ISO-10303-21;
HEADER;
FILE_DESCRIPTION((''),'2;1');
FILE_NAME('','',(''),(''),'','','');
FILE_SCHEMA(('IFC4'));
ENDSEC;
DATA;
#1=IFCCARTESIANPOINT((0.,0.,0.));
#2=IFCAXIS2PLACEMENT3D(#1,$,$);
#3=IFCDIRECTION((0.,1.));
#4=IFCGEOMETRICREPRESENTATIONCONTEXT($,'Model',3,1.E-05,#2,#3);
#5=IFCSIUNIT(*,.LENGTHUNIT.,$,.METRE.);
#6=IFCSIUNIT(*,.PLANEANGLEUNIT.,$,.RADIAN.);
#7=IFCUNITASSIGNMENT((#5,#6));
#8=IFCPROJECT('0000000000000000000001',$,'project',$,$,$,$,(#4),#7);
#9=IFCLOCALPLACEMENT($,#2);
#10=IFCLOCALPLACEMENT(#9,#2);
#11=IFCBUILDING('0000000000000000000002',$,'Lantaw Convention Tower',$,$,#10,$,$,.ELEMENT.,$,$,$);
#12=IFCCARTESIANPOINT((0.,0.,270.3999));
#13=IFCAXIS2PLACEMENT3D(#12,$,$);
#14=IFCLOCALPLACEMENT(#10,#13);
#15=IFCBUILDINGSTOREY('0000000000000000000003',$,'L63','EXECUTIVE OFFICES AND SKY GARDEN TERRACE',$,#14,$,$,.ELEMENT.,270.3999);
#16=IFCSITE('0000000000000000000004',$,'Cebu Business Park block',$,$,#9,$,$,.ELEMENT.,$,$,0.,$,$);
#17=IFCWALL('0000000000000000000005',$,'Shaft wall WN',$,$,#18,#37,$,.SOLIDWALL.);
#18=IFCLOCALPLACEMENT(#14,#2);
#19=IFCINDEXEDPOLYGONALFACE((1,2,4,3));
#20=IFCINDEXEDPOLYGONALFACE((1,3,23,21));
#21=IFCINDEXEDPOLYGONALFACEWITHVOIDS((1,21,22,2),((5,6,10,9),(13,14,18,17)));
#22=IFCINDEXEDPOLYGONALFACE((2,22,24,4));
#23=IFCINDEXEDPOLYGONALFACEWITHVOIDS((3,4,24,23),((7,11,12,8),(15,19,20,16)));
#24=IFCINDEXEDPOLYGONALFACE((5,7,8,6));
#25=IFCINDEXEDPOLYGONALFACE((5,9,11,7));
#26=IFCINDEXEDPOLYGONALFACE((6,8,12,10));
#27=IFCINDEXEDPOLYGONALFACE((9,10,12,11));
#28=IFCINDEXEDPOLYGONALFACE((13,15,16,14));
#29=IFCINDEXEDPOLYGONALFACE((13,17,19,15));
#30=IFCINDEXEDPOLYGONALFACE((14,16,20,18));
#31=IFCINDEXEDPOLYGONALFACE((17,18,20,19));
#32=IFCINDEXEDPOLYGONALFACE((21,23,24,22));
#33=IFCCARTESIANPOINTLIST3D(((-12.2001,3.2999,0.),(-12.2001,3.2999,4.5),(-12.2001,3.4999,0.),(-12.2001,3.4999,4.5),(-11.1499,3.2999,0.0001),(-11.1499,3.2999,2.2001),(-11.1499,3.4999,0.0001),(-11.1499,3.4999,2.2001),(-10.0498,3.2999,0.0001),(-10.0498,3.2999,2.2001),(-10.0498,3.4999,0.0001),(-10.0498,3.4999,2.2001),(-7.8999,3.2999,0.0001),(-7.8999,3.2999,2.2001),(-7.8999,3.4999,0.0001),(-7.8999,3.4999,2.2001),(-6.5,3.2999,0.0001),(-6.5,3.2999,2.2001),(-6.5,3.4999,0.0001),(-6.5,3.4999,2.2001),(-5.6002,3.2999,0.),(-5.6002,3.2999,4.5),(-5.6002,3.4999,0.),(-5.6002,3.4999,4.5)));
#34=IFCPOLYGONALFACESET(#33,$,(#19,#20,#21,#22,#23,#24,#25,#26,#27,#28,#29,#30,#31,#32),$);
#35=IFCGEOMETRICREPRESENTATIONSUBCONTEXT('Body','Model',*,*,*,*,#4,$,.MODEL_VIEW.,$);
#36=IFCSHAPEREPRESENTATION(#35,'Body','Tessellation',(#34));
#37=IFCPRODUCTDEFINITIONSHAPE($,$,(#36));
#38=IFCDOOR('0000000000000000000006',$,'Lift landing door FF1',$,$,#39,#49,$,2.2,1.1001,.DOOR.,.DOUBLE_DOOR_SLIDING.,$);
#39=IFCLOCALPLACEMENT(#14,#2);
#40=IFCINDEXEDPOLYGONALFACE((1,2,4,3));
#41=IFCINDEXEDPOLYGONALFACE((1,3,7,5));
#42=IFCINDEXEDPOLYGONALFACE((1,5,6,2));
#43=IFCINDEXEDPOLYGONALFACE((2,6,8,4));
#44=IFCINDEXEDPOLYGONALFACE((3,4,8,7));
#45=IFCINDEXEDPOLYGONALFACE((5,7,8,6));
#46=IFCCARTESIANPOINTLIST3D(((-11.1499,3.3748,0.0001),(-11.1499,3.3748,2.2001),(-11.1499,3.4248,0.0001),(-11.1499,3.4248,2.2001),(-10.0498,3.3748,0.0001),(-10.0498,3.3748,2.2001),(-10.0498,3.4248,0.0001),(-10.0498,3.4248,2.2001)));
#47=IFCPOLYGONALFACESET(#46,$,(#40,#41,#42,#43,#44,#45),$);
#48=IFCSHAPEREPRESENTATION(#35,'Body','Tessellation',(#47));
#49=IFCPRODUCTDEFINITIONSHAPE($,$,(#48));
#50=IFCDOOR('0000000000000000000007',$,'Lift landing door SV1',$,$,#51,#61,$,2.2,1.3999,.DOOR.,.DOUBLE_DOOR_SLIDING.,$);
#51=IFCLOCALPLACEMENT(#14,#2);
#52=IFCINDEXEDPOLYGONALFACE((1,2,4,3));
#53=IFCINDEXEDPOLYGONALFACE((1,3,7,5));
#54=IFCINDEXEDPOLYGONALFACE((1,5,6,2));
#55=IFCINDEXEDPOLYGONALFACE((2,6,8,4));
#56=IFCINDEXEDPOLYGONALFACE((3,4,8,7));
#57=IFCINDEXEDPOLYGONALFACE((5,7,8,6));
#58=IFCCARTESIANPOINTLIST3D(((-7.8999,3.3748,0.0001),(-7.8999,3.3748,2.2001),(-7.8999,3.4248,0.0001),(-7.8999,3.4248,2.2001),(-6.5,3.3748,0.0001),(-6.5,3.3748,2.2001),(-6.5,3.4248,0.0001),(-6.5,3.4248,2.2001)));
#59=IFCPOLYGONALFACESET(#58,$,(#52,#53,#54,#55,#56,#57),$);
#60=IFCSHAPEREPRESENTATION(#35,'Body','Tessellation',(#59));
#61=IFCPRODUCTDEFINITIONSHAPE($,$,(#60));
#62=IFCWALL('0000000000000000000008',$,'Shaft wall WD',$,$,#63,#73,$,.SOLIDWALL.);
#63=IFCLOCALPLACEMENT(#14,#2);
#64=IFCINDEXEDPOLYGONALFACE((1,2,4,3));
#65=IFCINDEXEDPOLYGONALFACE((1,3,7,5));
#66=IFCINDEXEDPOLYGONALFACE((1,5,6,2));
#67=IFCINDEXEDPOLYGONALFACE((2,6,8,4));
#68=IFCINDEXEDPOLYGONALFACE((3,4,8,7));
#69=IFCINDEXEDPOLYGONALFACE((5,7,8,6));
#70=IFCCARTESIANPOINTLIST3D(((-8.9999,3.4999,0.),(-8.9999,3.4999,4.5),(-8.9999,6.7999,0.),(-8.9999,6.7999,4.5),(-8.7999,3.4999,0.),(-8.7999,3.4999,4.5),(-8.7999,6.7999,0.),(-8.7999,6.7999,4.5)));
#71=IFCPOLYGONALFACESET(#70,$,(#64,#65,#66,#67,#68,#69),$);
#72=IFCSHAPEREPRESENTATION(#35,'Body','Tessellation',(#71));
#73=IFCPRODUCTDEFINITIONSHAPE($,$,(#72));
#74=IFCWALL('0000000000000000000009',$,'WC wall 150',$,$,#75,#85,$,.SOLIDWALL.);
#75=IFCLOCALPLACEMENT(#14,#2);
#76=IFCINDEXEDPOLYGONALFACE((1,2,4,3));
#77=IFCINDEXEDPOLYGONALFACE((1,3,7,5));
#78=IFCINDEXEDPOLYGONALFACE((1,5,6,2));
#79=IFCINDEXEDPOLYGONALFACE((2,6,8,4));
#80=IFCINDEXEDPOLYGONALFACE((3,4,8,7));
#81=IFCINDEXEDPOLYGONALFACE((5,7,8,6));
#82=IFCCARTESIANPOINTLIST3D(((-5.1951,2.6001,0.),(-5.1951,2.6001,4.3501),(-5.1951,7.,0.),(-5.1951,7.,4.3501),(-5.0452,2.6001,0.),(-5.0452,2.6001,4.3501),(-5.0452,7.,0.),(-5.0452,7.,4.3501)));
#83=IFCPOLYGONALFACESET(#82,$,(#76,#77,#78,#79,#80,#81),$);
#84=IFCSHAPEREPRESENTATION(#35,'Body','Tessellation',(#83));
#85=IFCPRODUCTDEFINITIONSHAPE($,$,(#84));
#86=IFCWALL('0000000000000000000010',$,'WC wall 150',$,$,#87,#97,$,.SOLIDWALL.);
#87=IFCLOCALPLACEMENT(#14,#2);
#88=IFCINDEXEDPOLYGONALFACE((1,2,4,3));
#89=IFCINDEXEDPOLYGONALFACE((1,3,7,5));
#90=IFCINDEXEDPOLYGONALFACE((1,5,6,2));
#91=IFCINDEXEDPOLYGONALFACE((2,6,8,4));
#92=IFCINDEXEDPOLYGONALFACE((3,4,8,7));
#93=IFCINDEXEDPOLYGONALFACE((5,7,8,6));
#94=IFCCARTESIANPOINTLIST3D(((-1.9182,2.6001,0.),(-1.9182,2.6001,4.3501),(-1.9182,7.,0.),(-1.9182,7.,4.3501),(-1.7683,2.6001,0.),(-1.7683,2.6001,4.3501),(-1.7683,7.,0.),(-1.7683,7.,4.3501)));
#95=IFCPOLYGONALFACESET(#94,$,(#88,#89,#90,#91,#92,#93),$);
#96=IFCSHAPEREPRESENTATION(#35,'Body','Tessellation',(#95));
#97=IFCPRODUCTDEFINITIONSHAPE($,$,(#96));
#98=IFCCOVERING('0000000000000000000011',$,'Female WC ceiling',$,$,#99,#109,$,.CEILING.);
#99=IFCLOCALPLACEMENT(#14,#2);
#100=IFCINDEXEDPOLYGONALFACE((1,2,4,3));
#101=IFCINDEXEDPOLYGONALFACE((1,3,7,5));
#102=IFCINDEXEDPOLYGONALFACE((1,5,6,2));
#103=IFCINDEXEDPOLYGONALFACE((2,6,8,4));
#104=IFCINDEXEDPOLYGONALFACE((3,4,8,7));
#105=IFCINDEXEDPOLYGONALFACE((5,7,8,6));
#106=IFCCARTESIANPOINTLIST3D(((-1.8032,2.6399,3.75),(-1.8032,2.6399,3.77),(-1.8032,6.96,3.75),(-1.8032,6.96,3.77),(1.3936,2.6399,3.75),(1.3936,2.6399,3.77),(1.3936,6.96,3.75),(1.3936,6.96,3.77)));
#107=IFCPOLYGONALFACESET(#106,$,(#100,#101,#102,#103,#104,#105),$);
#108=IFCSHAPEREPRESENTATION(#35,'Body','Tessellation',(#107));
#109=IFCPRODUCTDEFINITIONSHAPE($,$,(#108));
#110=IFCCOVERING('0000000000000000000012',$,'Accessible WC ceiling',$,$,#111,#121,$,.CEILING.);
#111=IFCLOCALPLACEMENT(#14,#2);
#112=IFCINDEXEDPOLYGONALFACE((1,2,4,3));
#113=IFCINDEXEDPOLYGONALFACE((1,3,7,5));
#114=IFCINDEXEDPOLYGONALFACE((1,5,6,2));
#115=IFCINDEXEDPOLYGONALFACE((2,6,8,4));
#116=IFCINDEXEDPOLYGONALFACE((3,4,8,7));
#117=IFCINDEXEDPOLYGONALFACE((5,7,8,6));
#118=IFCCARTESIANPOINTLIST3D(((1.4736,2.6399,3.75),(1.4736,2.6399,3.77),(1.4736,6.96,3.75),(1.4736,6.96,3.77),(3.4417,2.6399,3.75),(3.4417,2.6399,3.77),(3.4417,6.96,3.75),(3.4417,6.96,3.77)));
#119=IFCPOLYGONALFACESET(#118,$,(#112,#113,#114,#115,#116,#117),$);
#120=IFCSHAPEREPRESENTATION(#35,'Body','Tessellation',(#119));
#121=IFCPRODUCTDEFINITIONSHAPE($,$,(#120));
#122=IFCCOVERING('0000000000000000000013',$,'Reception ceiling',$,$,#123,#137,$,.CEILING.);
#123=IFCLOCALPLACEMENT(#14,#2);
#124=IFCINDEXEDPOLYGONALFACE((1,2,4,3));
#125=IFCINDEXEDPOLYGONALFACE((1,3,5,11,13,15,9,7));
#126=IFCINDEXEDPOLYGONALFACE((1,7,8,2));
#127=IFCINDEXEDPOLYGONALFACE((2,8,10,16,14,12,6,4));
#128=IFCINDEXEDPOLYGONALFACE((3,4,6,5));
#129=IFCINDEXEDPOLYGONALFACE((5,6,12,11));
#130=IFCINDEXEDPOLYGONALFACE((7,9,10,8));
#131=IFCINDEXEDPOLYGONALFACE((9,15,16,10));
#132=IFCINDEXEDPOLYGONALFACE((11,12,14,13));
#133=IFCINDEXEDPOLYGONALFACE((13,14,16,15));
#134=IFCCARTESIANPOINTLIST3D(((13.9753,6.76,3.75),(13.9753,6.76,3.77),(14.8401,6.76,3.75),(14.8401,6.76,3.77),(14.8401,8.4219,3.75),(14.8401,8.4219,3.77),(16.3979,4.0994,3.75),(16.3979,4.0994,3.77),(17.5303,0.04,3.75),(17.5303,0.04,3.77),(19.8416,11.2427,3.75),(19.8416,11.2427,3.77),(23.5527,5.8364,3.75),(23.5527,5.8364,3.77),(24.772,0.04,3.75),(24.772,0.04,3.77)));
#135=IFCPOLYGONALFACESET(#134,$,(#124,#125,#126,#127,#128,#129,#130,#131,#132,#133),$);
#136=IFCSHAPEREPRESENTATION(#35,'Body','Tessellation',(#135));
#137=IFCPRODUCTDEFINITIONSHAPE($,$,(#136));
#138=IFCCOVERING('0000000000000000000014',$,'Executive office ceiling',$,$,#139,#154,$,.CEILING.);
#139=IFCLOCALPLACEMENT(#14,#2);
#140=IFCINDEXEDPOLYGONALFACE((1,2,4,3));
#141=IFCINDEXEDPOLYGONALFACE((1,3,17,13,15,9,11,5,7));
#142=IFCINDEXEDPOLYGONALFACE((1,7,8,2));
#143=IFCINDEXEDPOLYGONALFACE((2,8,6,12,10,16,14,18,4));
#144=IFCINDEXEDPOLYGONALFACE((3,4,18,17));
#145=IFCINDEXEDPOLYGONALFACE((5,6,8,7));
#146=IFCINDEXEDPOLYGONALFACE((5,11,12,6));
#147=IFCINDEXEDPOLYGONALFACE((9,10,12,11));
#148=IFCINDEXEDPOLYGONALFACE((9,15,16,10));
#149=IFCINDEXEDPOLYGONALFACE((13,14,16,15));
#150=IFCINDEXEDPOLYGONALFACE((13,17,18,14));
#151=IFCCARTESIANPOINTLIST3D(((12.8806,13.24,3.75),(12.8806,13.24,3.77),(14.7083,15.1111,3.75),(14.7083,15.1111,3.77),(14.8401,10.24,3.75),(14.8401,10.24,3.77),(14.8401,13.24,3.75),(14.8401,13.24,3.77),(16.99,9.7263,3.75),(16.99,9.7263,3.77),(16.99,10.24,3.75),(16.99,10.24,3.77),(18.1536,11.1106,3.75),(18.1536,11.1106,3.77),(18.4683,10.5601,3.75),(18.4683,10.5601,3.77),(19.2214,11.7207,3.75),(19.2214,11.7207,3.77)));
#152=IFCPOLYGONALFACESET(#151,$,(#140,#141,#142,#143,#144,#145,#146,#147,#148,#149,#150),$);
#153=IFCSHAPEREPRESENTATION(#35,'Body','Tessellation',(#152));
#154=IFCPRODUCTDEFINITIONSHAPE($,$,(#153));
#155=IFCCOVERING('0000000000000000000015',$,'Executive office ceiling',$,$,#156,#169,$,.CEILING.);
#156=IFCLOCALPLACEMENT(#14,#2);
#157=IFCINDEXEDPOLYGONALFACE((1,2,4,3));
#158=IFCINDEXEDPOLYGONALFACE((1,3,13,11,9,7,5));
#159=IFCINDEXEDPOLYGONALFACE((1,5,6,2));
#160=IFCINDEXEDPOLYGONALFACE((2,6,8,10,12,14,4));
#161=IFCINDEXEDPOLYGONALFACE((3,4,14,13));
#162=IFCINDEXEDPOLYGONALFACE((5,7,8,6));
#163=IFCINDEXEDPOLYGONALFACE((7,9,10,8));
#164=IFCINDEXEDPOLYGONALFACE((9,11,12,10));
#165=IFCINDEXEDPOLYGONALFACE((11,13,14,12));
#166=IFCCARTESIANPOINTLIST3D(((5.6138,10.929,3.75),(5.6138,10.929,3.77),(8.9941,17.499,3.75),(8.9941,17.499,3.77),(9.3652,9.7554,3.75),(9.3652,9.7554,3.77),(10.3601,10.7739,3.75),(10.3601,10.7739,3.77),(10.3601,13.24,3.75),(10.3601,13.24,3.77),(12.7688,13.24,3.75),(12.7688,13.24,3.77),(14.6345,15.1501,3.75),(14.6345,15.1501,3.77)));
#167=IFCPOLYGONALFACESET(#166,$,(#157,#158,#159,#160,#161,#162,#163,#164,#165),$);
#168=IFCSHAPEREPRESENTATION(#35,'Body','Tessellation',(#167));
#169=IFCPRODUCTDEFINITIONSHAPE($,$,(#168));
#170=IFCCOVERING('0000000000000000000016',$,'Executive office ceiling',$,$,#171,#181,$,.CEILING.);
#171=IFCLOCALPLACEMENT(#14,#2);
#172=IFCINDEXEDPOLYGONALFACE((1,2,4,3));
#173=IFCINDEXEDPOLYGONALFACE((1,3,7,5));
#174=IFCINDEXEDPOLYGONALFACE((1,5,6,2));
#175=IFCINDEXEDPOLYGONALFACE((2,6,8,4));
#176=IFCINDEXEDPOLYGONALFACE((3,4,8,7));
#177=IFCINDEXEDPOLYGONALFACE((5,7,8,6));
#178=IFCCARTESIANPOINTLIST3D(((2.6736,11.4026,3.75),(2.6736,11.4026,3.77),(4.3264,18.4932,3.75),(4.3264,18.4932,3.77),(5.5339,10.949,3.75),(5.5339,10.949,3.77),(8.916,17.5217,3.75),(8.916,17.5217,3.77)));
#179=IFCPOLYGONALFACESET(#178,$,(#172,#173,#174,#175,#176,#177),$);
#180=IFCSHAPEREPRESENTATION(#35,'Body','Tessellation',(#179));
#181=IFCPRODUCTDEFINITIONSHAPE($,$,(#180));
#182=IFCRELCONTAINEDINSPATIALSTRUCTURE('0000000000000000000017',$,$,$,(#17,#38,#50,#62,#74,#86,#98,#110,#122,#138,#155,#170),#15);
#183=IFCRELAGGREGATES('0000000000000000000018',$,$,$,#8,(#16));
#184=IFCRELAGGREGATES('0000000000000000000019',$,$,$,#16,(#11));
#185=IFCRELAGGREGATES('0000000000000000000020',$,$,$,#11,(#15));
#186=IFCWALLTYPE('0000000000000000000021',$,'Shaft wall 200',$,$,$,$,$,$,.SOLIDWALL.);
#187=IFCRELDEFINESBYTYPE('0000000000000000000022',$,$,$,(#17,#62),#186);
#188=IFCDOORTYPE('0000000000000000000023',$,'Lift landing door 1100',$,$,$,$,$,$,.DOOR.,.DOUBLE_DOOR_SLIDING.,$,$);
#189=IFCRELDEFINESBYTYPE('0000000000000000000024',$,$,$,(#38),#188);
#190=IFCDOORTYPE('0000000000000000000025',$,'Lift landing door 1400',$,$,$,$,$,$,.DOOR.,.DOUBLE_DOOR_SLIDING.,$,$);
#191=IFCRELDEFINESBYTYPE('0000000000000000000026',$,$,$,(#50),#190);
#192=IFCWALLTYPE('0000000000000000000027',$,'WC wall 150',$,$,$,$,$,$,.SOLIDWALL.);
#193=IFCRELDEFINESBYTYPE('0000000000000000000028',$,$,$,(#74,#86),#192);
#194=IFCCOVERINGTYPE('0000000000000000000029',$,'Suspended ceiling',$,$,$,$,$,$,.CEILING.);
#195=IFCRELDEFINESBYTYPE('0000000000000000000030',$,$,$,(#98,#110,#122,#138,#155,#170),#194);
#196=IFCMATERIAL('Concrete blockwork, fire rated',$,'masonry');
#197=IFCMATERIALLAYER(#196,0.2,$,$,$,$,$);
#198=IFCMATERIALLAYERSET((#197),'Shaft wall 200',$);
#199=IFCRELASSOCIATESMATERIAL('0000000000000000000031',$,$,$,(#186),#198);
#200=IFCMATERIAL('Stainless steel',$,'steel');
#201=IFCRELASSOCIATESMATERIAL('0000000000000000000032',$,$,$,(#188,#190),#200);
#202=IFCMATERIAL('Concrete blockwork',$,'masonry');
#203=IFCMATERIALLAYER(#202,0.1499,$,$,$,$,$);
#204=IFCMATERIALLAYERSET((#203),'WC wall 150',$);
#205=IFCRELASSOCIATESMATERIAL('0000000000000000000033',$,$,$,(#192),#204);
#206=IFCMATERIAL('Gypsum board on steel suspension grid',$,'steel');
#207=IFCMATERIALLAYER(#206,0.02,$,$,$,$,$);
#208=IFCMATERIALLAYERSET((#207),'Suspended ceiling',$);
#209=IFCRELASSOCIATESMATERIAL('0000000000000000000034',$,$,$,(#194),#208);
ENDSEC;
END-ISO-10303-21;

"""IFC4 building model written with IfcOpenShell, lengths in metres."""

from ifc_helpers import new_model, si_unit, direction, frame, frame_2d, origin, place, context, subcontext, project, spatial, polyline, rectangle, outline, extrude, material, layer, layer_set, type_object, element, fill, save


model = new_model("IFC4")

# Units and contexts
model_context = context("Model", 3, precision=1e-05, world=origin(), true_north=direction((0.0, 1.0)))
body_context = subcontext(model_context, "Body", "Model", "MODEL_VIEW")
ifc_project = project(units=[si_unit("LENGTHUNIT", "METRE"), si_unit("PLANEANGLEUNIT", "RADIAN")], contexts=[model_context])

# Site, building, storey
site_placement = place(None, origin())
site = spatial("IfcSite", under=ifc_project, at=site_placement, Name="Cebu Business Park block", CompositionType="ELEMENT", RefElevation=0.0)
building_placement = place(site_placement, origin())
building = spatial("IfcBuilding", under=site, at=building_placement, Name="Lantaw Convention Tower", CompositionType="ELEMENT")
storey_placement = place(building_placement, frame((0.0, 0.0, 270.3999)))
storey = spatial("IfcBuildingStorey", under=building, at=storey_placement, Name="L63", Description="EXECUTIVE OFFICES AND SKY GARDEN TERRACE", CompositionType="ELEMENT", Elevation=270.3999)

# Wall, openings, doors
ifc_material_1 = material(Name="Concrete blockwork, fire rated", Category="masonry")
ifc_layer_1 = layer(ifc_material_1, 0.2)
ifc_layer_set_1 = layer_set([ifc_layer_1], Name="Shaft wall 200")
wall_type_1 = type_object("IfcWallType", Name="Shaft wall 200", PredefinedType="SOLIDWALL", material=ifc_layer_set_1)
wall_1_placement = place(storey_placement, frame((-12.2, 3.3999, 0.0), z_axis=(0.0, 0.0, 1.0), x_axis=(1.0, 0.0, 0.0)))
wall_1 = element("IfcWall", 1, at=wall_1_placement, inside=storey, type_object=wall_type_1, Name="Shaft wall WN", PredefinedType="SOLIDWALL", context=body_context, shape_type="SweptSolid", body=[
    extrude(rectangle(XDim=6.5999, YDim=0.2, at=frame_2d((3.2998, 0.0))), origin(), (0.0, 0.0, 1.0), 4.5),
])
opening_1_placement = place(wall_1_placement, frame((1.05, 0.0, 0.0)))
opening_1 = element("IfcOpeningElement", 2, at=opening_1_placement, cuts=wall_1, PredefinedType="OPENING", context=body_context, shape_type="SweptSolid", body=[
    extrude(rectangle(XDim=1.1001, YDim=2.2, at=frame_2d((0.55, 1.1001))), frame((0.0, 0.1099, 0.0), z_axis=(0.0, -1.0, 0.0), x_axis=(1.0, 0.0, 0.0)), (0.0, 0.0, 1.0), 0.22),
])
opening_2_placement = place(wall_1_placement, frame((4.3, 0.0, 0.0)))
opening_2 = element("IfcOpeningElement", 3, at=opening_2_placement, cuts=wall_1, PredefinedType="OPENING", context=body_context, shape_type="SweptSolid", body=[
    extrude(rectangle(XDim=1.3999, YDim=2.2, at=frame_2d((0.7, 1.1001))), frame((0.0, 0.1099, 0.0), z_axis=(0.0, -1.0, 0.0), x_axis=(1.0, 0.0, 0.0)), (0.0, 0.0, 1.0), 0.22),
])
ifc_material_2 = material(Name="Stainless steel", Category="steel")
door_type_1 = type_object("IfcDoorType", Name="Lift landing door 1100", OperationType="DOUBLE_DOOR_SLIDING", PredefinedType="DOOR", material=ifc_material_2)
door_1_placement = place(opening_1_placement, origin())
door_1 = element("IfcDoor", 4, at=door_1_placement, inside=storey, type_object=door_type_1, Name="Lift landing door FF1", OperationType="DOUBLE_DOOR_SLIDING", OverallHeight=2.2, OverallWidth=1.1001, PredefinedType="DOOR", context=body_context, shape_type="SweptSolid", body=[
    extrude(rectangle(XDim=1.1001, YDim=2.2, at=frame_2d((0.55, 1.1001))), frame((0.0, 0.0249, 0.0), z_axis=(0.0, -1.0, 0.0), x_axis=(1.0, 0.0, 0.0)), (0.0, 0.0, 1.0), 0.05),
])
fill(opening_1, door_1)
door_type_2 = type_object("IfcDoorType", Name="Lift landing door 1400", OperationType="DOUBLE_DOOR_SLIDING", PredefinedType="DOOR", material=ifc_material_2)
door_2_placement = place(opening_2_placement, origin())
door_2 = element("IfcDoor", 5, at=door_2_placement, inside=storey, type_object=door_type_2, Name="Lift landing door SV1", OperationType="DOUBLE_DOOR_SLIDING", OverallHeight=2.2, OverallWidth=1.3999, PredefinedType="DOOR", context=body_context, shape_type="SweptSolid", body=[
    extrude(rectangle(XDim=1.3999, YDim=2.2, at=frame_2d((0.7, 1.1001))), frame((0.0, 0.0249, 0.0), z_axis=(0.0, -1.0, 0.0), x_axis=(1.0, 0.0, 0.0)), (0.0, 0.0, 1.0), 0.05),
])
fill(opening_2, door_2)

# Walls
wall_2_placement = place(storey_placement, frame((-8.8999, 3.5, 0.0), z_axis=(0.0, 0.0, 1.0), x_axis=(0.0, 1.0, 0.0)))
element("IfcWall", 6, at=wall_2_placement, inside=storey, type_object=wall_type_1, Name="Shaft wall WD", PredefinedType="SOLIDWALL", context=body_context, shape_type="SweptSolid", body=[
    extrude(rectangle(XDim=3.3, YDim=0.2, at=frame_2d((1.6499, 0.0))), origin(), (0.0, 0.0, 1.0), 4.5),
])
ifc_material_3 = material(Name="Concrete blockwork", Category="masonry")
ifc_layer_2 = layer(ifc_material_3, 0.1499)
ifc_layer_set_2 = layer_set([ifc_layer_2], Name="WC wall 150")
wall_type_2 = type_object("IfcWallType", Name="WC wall 150", PredefinedType="SOLIDWALL", material=ifc_layer_set_2)
for number, where, z_axis, x_axis, name in (
    (7, (-5.1201, 2.6001, 0.0), (0.0, 0.0, 1.0), (0.0, 1.0, 0.0), "WC wall 150"),
    (8, (-1.8433, 2.6001, 0.0), (0.0, 0.0, 1.0), (0.0, 1.0, 0.0), "WC wall 150"),
):
    element("IfcWall", number, at=place(storey_placement, frame(where, z_axis=z_axis, x_axis=x_axis)), inside=storey, type_object=wall_type_2, Name=name, PredefinedType="SOLIDWALL", context=body_context, shape_type="SweptSolid", body=[
        extrude(rectangle(XDim=4.3999, YDim=0.1499, at=frame_2d((2.2, 0.0))), origin(), (0.0, 0.0, 1.0), 4.3501),
    ])

# Coverings
ifc_material_4 = material(Name="Gypsum board on steel suspension grid", Category="steel")
ifc_layer_3 = layer(ifc_material_4, 0.02)
ifc_layer_set_3 = layer_set([ifc_layer_3], Name="Suspended ceiling")
covering_type = type_object("IfcCoveringType", Name="Suspended ceiling", PredefinedType="CEILING", material=ifc_layer_set_3)
covering_1_placement = place(storey_placement, frame((0.0, 0.0, 3.75)))
element("IfcCovering", 9, at=covering_1_placement, inside=storey, type_object=covering_type, Name="Female WC ceiling", PredefinedType="CEILING", context=body_context, shape_type="SweptSolid", body=[
    extrude(outline(polyline([(-1.8032, 2.6399), (1.3936, 2.6399), (1.3936, 6.96), (-1.8032, 6.96), (-1.8032, 2.6399)])), origin(), (0.0, 0.0, 1.0), 0.02),
])
covering_2_placement = place(storey_placement, frame((0.0, 0.0, 3.75)))
element("IfcCovering", 10, at=covering_2_placement, inside=storey, type_object=covering_type, Name="Accessible WC ceiling", PredefinedType="CEILING", context=body_context, shape_type="SweptSolid", body=[
    extrude(outline(polyline([(1.4736, 2.6399), (3.4417, 2.6399), (3.4417, 6.96), (1.4736, 6.96), (1.4736, 2.6399)])), origin(), (0.0, 0.0, 1.0), 0.02),
])
covering_3_placement = place(storey_placement, frame((0.0, 0.0, 3.75)))
element("IfcCovering", 11, at=covering_3_placement, inside=storey, type_object=covering_type, Name="Reception ceiling", PredefinedType="CEILING", context=body_context, shape_type="SweptSolid", body=[
    extrude(outline(polyline([(16.3979, 4.0994), (17.5303, 0.04), (24.772, 0.04), (23.5527, 5.8364), (19.8416, 11.2427), (14.8401, 8.4219), (14.8401, 6.76), (13.9753, 6.76), (16.3979, 4.0994)])), origin(), (0.0, 0.0, 1.0), 0.02),
])
covering_4_placement = place(storey_placement, frame((0.0, 0.0, 3.75)))
element("IfcCovering", 12, at=covering_4_placement, inside=storey, type_object=covering_type, Name="Executive office ceiling", PredefinedType="CEILING", context=body_context, shape_type="SweptSolid", body=[
    extrude(outline(polyline([(19.2214, 11.7207), (14.7083, 15.1111), (12.8806, 13.24), (14.8401, 13.24), (14.8401, 10.24), (16.99, 10.24), (16.99, 9.7263), (18.4683, 10.5601), (18.1536, 11.1106), (19.2214, 11.7207)])), origin(), (0.0, 0.0, 1.0), 0.02),
])
covering_5_placement = place(storey_placement, frame((0.0, 0.0, 3.75)))
element("IfcCovering", 13, at=covering_5_placement, inside=storey, type_object=covering_type, Name="Executive office ceiling", PredefinedType="CEILING", context=body_context, shape_type="SweptSolid", body=[
    extrude(outline(polyline([(5.6138, 10.929), (9.3652, 9.7554), (10.3601, 10.7739), (10.3601, 13.24), (12.7688, 13.24), (14.6345, 15.1501), (8.9941, 17.499), (5.6138, 10.929)])), origin(), (0.0, 0.0, 1.0), 0.02),
])
covering_6_placement = place(storey_placement, frame((0.0, 0.0, 3.75)))
element("IfcCovering", 14, at=covering_6_placement, inside=storey, type_object=covering_type, Name="Executive office ceiling", PredefinedType="CEILING", context=body_context, shape_type="SweptSolid", body=[
    extrude(outline(polyline([(5.5339, 10.949), (8.916, 17.5217), (4.3264, 18.4932), (2.6736, 11.4026), (5.5339, 10.949)])), origin(), (0.0, 0.0, 1.0), 0.02),
])

save(model, "model.ifc")
